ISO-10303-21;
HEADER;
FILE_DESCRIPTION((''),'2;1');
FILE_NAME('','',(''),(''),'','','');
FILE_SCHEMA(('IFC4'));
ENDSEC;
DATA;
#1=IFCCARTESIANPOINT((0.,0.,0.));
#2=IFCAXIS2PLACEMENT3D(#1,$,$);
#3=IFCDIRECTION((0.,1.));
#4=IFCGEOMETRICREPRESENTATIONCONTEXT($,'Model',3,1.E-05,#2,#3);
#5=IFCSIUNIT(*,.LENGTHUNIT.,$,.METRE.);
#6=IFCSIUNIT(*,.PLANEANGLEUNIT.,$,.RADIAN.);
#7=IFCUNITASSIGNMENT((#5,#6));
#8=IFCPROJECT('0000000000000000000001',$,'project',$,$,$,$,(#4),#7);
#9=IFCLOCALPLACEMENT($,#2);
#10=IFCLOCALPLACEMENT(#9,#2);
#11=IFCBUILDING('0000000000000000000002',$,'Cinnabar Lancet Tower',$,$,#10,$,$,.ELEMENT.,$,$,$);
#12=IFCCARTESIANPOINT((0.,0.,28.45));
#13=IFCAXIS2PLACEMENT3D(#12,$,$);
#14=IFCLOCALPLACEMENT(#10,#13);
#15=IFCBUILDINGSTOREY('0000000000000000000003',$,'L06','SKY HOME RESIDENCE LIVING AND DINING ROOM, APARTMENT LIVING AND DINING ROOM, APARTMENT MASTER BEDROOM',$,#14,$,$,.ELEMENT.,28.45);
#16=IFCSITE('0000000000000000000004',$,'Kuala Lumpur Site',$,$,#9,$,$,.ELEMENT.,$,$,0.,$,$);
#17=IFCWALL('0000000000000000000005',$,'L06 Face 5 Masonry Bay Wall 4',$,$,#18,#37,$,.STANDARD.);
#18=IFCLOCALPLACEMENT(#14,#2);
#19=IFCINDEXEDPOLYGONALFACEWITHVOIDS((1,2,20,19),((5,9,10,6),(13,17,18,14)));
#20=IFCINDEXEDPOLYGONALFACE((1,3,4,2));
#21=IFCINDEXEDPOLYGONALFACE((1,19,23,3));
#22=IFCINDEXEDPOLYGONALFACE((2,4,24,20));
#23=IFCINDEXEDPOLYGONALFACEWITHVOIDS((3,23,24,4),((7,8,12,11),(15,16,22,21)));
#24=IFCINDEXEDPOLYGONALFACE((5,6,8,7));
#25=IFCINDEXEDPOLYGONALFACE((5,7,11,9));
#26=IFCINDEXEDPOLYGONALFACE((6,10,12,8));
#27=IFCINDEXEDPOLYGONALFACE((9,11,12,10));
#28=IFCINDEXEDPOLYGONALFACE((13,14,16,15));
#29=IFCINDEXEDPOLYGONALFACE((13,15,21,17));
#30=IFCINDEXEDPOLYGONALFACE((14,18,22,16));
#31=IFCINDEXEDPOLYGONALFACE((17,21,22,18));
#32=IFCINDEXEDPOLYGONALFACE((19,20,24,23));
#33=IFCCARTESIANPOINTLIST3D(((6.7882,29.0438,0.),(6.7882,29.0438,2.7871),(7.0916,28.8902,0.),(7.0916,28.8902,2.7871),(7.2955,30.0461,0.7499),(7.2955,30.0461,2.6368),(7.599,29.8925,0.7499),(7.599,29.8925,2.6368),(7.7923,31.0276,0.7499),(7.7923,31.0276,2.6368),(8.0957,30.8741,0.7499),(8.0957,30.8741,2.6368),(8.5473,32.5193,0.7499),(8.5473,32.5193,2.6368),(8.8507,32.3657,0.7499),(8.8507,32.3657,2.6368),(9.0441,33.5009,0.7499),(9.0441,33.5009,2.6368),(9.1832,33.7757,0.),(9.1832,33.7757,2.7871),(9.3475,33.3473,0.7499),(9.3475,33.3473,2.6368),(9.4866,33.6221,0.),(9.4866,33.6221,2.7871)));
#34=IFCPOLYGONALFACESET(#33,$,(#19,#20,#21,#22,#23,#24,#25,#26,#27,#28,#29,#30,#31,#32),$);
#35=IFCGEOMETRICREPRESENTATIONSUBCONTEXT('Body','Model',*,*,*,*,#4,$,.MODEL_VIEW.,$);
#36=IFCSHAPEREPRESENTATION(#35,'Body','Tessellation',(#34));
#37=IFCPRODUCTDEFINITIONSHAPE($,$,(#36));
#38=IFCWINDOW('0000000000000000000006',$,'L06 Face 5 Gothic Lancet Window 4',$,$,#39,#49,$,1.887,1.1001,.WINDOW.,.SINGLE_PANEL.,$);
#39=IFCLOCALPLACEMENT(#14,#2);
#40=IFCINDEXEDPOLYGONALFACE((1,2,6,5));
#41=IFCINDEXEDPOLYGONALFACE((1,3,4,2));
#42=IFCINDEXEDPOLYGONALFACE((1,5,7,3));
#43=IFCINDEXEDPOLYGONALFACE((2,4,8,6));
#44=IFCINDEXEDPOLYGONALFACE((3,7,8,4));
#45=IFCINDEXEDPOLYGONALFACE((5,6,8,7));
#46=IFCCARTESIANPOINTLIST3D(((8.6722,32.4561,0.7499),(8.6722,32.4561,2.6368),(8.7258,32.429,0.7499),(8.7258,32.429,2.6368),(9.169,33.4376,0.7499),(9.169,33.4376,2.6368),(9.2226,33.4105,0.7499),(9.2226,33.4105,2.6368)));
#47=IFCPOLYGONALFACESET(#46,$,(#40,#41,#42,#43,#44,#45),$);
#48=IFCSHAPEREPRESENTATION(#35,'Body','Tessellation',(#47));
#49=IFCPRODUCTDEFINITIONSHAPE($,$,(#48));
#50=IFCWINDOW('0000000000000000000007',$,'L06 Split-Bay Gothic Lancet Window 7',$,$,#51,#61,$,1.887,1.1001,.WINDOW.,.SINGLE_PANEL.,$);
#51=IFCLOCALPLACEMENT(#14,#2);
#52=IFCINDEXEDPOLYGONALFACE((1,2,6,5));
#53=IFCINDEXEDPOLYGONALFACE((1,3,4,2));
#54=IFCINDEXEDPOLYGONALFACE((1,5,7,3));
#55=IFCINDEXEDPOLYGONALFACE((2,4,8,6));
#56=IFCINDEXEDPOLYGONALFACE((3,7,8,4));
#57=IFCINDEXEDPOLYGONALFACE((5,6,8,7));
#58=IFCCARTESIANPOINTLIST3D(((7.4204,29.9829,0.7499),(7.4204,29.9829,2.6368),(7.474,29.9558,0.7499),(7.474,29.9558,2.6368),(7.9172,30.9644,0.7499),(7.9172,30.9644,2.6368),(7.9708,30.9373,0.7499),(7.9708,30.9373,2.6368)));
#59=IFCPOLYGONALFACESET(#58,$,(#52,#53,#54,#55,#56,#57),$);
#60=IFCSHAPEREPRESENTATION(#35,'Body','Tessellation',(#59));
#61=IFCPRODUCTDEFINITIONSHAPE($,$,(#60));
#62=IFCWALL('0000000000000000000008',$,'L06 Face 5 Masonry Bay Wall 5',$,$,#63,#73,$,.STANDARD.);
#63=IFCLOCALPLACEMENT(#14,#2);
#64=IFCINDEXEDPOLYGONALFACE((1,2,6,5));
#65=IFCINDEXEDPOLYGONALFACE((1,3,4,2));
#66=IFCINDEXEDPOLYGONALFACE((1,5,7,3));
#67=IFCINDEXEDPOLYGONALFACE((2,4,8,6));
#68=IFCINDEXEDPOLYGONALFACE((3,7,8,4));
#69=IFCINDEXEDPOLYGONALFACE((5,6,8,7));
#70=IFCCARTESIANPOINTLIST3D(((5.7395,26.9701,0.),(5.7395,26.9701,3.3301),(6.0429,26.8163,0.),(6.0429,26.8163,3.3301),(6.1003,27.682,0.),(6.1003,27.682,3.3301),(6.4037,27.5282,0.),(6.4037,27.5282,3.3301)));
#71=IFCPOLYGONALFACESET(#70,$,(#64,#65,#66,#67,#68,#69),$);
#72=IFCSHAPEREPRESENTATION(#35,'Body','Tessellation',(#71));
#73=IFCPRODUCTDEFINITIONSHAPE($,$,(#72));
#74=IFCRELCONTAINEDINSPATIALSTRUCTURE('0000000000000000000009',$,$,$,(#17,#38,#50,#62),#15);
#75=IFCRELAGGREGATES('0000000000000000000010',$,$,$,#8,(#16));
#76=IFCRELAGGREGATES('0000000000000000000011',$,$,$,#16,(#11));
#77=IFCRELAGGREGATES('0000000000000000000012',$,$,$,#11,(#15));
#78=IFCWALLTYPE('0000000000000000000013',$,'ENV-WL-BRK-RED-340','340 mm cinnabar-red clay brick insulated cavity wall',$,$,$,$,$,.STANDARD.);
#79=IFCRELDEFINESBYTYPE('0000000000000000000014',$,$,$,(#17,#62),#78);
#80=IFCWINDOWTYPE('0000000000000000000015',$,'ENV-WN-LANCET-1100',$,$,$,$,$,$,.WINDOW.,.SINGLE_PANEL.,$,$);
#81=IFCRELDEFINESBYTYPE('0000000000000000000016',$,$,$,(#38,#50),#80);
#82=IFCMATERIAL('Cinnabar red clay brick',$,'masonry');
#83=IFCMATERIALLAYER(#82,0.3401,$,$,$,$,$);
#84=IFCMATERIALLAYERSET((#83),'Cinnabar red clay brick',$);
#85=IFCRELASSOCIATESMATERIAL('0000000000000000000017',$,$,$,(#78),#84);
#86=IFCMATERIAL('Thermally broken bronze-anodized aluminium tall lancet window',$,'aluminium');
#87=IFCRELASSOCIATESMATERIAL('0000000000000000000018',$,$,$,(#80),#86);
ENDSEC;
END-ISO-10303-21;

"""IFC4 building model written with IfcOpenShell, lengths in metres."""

from ifc_helpers import new_model, si_unit, direction, frame, frame_2d, origin, place, context, subcontext, project, spatial, rectangle, extrude, material, layer, layer_set, type_object, element, fill, save


model = new_model("IFC4")

# Units and contexts
model_context = context("Model", 3, precision=1e-05, world=origin(), true_north=direction((0.0, 1.0)))
body_context = subcontext(model_context, "Body", "Model", "MODEL_VIEW")
ifc_project = project(units=[si_unit("LENGTHUNIT", "METRE"), si_unit("PLANEANGLEUNIT", "RADIAN")], contexts=[model_context])

# Site, building, storey
site_placement = place(None, origin())
site = spatial("IfcSite", under=ifc_project, at=site_placement, Name="Kuala Lumpur Site", CompositionType="ELEMENT", RefElevation=0.0)
building_placement = place(site_placement, origin())
building = spatial("IfcBuilding", under=site, at=building_placement, Name="Cinnabar Lancet Tower", CompositionType="ELEMENT")
storey_placement = place(building_placement, frame((0.0, 0.0, 28.45)))
storey = spatial("IfcBuildingStorey", under=building, at=storey_placement, Name="L06", Description="SKY HOME RESIDENCE LIVING AND DINING ROOM, APARTMENT LIVING AND DINING ROOM, APARTMENT MASTER BEDROOM", CompositionType="ELEMENT", Elevation=28.45)

# Shared definitions
ifc_material_1 = material(Name="Cinnabar red clay brick", Category="masonry")
ifc_layer_1 = layer(ifc_material_1, 0.3401)
ifc_layer_set_1 = layer_set([ifc_layer_1], Name="Cinnabar red clay brick")
wall_type_1 = type_object("IfcWallType", Name="ENV-WL-BRK-RED-340", Description="340 mm cinnabar-red clay brick insulated cavity wall", PredefinedType="STANDARD", material=ifc_layer_set_1)
ifc_material_2 = material(Name="Thermally broken bronze-anodized aluminium tall lancet window", Category="aluminium")
window_type = type_object("IfcWindowType", Name="ENV-WN-LANCET-1100", PartitioningType="SINGLE_PANEL", PredefinedType="WINDOW", material=ifc_material_2)

# Wall, openings, windows
wall_1_placement = place(storey_placement, frame((9.335, 33.699, 0.0), z_axis=(0.0, 0.0, 1.0), x_axis=(-0.451591, -0.892225, 0.0)))
wall_1 = element("IfcWall", 1, at=wall_1_placement, inside=storey, type_object=wall_type_1, Name="L06 Face 5 Masonry Bay Wall 4", PredefinedType="STANDARD", context=body_context, shape_type="SweptSolid", body=[
    extrude(rectangle(XDim=5.3035, YDim=0.3401, at=frame_2d((2.6519, 0.0))), origin(), (0.0, 0.0, 1.0), 2.7871),
])
opening_1_placement = place(wall_1_placement, frame((0.3081, 0.0, 0.75)))
opening_1 = element("IfcOpeningElement", 2, at=opening_1_placement, cuts=wall_1, PredefinedType="OPENING", context=body_context, shape_type="SweptSolid", body=[
    extrude(rectangle(XDim=1.1001, YDim=1.887, at=frame_2d((0.55, 0.9434))), frame((0.0, 0.1799, 0.0), z_axis=(0.0, -1.0, 0.0), x_axis=(1.0, 0.0, 0.0)), (0.0, 0.0, 1.0), 0.3601),
])
opening_2_placement = place(wall_1_placement, frame((3.0801, 0.0, 0.75)))
opening_2 = element("IfcOpeningElement", 3, at=opening_2_placement, cuts=wall_1, PredefinedType="OPENING", context=body_context, shape_type="SweptSolid", body=[
    extrude(rectangle(XDim=1.1001, YDim=1.887, at=frame_2d((0.55, 0.9434))), frame((0.0, 0.1799, 0.0), z_axis=(0.0, -1.0, 0.0), x_axis=(1.0, 0.0, 0.0)), (0.0, 0.0, 1.0), 0.3601),
])
window_1_placement = place(opening_1_placement, origin())
window_1 = element("IfcWindow", 4, at=window_1_placement, inside=storey, type_object=window_type, Name="L06 Face 5 Gothic Lancet Window 4", OverallHeight=1.887, OverallWidth=1.1001, PartitioningType="SINGLE_PANEL", PredefinedType="WINDOW", context=body_context, shape_type="SweptSolid", body=[
    extrude(rectangle(XDim=1.1001, YDim=1.887, at=frame_2d((0.55, 0.9434))), frame((0.0, 0.03, 0.0), z_axis=(0.0, -1.0, 0.0), x_axis=(1.0, 0.0, 0.0)), (0.0, 0.0, 1.0), 0.0601),
])
fill(opening_1, window_1)
window_2_placement = place(opening_2_placement, origin())
window_2 = element("IfcWindow", 5, at=window_2_placement, inside=storey, type_object=window_type, Name="L06 Split-Bay Gothic Lancet Window 7", OverallHeight=1.887, OverallWidth=1.1001, PartitioningType="SINGLE_PANEL", PredefinedType="WINDOW", context=body_context, shape_type="SweptSolid", body=[
    extrude(rectangle(XDim=1.1001, YDim=1.887, at=frame_2d((0.55, 0.9434))), frame((0.0, 0.03, 0.0), z_axis=(0.0, -1.0, 0.0), x_axis=(1.0, 0.0, 0.0)), (0.0, 0.0, 1.0), 0.0601),
])
fill(opening_2, window_2)

# Wall
wall_2_placement = place(storey_placement, frame((6.252, 27.605, 0.0), z_axis=(0.0, 0.0, 1.0), x_axis=(-0.452101, -0.891967, 0.0)))
element("IfcWall", 6, at=wall_2_placement, inside=storey, type_object=wall_type_1, Name="L06 Face 5 Masonry Bay Wall 5", PredefinedType="STANDARD", context=body_context, shape_type="SweptSolid", body=[
    extrude(rectangle(XDim=0.7981, YDim=0.3401, at=frame_2d((0.3989, 0.0))), origin(), (0.0, 0.0, 1.0), 3.3301),
])

save(model, "model.ifc")
